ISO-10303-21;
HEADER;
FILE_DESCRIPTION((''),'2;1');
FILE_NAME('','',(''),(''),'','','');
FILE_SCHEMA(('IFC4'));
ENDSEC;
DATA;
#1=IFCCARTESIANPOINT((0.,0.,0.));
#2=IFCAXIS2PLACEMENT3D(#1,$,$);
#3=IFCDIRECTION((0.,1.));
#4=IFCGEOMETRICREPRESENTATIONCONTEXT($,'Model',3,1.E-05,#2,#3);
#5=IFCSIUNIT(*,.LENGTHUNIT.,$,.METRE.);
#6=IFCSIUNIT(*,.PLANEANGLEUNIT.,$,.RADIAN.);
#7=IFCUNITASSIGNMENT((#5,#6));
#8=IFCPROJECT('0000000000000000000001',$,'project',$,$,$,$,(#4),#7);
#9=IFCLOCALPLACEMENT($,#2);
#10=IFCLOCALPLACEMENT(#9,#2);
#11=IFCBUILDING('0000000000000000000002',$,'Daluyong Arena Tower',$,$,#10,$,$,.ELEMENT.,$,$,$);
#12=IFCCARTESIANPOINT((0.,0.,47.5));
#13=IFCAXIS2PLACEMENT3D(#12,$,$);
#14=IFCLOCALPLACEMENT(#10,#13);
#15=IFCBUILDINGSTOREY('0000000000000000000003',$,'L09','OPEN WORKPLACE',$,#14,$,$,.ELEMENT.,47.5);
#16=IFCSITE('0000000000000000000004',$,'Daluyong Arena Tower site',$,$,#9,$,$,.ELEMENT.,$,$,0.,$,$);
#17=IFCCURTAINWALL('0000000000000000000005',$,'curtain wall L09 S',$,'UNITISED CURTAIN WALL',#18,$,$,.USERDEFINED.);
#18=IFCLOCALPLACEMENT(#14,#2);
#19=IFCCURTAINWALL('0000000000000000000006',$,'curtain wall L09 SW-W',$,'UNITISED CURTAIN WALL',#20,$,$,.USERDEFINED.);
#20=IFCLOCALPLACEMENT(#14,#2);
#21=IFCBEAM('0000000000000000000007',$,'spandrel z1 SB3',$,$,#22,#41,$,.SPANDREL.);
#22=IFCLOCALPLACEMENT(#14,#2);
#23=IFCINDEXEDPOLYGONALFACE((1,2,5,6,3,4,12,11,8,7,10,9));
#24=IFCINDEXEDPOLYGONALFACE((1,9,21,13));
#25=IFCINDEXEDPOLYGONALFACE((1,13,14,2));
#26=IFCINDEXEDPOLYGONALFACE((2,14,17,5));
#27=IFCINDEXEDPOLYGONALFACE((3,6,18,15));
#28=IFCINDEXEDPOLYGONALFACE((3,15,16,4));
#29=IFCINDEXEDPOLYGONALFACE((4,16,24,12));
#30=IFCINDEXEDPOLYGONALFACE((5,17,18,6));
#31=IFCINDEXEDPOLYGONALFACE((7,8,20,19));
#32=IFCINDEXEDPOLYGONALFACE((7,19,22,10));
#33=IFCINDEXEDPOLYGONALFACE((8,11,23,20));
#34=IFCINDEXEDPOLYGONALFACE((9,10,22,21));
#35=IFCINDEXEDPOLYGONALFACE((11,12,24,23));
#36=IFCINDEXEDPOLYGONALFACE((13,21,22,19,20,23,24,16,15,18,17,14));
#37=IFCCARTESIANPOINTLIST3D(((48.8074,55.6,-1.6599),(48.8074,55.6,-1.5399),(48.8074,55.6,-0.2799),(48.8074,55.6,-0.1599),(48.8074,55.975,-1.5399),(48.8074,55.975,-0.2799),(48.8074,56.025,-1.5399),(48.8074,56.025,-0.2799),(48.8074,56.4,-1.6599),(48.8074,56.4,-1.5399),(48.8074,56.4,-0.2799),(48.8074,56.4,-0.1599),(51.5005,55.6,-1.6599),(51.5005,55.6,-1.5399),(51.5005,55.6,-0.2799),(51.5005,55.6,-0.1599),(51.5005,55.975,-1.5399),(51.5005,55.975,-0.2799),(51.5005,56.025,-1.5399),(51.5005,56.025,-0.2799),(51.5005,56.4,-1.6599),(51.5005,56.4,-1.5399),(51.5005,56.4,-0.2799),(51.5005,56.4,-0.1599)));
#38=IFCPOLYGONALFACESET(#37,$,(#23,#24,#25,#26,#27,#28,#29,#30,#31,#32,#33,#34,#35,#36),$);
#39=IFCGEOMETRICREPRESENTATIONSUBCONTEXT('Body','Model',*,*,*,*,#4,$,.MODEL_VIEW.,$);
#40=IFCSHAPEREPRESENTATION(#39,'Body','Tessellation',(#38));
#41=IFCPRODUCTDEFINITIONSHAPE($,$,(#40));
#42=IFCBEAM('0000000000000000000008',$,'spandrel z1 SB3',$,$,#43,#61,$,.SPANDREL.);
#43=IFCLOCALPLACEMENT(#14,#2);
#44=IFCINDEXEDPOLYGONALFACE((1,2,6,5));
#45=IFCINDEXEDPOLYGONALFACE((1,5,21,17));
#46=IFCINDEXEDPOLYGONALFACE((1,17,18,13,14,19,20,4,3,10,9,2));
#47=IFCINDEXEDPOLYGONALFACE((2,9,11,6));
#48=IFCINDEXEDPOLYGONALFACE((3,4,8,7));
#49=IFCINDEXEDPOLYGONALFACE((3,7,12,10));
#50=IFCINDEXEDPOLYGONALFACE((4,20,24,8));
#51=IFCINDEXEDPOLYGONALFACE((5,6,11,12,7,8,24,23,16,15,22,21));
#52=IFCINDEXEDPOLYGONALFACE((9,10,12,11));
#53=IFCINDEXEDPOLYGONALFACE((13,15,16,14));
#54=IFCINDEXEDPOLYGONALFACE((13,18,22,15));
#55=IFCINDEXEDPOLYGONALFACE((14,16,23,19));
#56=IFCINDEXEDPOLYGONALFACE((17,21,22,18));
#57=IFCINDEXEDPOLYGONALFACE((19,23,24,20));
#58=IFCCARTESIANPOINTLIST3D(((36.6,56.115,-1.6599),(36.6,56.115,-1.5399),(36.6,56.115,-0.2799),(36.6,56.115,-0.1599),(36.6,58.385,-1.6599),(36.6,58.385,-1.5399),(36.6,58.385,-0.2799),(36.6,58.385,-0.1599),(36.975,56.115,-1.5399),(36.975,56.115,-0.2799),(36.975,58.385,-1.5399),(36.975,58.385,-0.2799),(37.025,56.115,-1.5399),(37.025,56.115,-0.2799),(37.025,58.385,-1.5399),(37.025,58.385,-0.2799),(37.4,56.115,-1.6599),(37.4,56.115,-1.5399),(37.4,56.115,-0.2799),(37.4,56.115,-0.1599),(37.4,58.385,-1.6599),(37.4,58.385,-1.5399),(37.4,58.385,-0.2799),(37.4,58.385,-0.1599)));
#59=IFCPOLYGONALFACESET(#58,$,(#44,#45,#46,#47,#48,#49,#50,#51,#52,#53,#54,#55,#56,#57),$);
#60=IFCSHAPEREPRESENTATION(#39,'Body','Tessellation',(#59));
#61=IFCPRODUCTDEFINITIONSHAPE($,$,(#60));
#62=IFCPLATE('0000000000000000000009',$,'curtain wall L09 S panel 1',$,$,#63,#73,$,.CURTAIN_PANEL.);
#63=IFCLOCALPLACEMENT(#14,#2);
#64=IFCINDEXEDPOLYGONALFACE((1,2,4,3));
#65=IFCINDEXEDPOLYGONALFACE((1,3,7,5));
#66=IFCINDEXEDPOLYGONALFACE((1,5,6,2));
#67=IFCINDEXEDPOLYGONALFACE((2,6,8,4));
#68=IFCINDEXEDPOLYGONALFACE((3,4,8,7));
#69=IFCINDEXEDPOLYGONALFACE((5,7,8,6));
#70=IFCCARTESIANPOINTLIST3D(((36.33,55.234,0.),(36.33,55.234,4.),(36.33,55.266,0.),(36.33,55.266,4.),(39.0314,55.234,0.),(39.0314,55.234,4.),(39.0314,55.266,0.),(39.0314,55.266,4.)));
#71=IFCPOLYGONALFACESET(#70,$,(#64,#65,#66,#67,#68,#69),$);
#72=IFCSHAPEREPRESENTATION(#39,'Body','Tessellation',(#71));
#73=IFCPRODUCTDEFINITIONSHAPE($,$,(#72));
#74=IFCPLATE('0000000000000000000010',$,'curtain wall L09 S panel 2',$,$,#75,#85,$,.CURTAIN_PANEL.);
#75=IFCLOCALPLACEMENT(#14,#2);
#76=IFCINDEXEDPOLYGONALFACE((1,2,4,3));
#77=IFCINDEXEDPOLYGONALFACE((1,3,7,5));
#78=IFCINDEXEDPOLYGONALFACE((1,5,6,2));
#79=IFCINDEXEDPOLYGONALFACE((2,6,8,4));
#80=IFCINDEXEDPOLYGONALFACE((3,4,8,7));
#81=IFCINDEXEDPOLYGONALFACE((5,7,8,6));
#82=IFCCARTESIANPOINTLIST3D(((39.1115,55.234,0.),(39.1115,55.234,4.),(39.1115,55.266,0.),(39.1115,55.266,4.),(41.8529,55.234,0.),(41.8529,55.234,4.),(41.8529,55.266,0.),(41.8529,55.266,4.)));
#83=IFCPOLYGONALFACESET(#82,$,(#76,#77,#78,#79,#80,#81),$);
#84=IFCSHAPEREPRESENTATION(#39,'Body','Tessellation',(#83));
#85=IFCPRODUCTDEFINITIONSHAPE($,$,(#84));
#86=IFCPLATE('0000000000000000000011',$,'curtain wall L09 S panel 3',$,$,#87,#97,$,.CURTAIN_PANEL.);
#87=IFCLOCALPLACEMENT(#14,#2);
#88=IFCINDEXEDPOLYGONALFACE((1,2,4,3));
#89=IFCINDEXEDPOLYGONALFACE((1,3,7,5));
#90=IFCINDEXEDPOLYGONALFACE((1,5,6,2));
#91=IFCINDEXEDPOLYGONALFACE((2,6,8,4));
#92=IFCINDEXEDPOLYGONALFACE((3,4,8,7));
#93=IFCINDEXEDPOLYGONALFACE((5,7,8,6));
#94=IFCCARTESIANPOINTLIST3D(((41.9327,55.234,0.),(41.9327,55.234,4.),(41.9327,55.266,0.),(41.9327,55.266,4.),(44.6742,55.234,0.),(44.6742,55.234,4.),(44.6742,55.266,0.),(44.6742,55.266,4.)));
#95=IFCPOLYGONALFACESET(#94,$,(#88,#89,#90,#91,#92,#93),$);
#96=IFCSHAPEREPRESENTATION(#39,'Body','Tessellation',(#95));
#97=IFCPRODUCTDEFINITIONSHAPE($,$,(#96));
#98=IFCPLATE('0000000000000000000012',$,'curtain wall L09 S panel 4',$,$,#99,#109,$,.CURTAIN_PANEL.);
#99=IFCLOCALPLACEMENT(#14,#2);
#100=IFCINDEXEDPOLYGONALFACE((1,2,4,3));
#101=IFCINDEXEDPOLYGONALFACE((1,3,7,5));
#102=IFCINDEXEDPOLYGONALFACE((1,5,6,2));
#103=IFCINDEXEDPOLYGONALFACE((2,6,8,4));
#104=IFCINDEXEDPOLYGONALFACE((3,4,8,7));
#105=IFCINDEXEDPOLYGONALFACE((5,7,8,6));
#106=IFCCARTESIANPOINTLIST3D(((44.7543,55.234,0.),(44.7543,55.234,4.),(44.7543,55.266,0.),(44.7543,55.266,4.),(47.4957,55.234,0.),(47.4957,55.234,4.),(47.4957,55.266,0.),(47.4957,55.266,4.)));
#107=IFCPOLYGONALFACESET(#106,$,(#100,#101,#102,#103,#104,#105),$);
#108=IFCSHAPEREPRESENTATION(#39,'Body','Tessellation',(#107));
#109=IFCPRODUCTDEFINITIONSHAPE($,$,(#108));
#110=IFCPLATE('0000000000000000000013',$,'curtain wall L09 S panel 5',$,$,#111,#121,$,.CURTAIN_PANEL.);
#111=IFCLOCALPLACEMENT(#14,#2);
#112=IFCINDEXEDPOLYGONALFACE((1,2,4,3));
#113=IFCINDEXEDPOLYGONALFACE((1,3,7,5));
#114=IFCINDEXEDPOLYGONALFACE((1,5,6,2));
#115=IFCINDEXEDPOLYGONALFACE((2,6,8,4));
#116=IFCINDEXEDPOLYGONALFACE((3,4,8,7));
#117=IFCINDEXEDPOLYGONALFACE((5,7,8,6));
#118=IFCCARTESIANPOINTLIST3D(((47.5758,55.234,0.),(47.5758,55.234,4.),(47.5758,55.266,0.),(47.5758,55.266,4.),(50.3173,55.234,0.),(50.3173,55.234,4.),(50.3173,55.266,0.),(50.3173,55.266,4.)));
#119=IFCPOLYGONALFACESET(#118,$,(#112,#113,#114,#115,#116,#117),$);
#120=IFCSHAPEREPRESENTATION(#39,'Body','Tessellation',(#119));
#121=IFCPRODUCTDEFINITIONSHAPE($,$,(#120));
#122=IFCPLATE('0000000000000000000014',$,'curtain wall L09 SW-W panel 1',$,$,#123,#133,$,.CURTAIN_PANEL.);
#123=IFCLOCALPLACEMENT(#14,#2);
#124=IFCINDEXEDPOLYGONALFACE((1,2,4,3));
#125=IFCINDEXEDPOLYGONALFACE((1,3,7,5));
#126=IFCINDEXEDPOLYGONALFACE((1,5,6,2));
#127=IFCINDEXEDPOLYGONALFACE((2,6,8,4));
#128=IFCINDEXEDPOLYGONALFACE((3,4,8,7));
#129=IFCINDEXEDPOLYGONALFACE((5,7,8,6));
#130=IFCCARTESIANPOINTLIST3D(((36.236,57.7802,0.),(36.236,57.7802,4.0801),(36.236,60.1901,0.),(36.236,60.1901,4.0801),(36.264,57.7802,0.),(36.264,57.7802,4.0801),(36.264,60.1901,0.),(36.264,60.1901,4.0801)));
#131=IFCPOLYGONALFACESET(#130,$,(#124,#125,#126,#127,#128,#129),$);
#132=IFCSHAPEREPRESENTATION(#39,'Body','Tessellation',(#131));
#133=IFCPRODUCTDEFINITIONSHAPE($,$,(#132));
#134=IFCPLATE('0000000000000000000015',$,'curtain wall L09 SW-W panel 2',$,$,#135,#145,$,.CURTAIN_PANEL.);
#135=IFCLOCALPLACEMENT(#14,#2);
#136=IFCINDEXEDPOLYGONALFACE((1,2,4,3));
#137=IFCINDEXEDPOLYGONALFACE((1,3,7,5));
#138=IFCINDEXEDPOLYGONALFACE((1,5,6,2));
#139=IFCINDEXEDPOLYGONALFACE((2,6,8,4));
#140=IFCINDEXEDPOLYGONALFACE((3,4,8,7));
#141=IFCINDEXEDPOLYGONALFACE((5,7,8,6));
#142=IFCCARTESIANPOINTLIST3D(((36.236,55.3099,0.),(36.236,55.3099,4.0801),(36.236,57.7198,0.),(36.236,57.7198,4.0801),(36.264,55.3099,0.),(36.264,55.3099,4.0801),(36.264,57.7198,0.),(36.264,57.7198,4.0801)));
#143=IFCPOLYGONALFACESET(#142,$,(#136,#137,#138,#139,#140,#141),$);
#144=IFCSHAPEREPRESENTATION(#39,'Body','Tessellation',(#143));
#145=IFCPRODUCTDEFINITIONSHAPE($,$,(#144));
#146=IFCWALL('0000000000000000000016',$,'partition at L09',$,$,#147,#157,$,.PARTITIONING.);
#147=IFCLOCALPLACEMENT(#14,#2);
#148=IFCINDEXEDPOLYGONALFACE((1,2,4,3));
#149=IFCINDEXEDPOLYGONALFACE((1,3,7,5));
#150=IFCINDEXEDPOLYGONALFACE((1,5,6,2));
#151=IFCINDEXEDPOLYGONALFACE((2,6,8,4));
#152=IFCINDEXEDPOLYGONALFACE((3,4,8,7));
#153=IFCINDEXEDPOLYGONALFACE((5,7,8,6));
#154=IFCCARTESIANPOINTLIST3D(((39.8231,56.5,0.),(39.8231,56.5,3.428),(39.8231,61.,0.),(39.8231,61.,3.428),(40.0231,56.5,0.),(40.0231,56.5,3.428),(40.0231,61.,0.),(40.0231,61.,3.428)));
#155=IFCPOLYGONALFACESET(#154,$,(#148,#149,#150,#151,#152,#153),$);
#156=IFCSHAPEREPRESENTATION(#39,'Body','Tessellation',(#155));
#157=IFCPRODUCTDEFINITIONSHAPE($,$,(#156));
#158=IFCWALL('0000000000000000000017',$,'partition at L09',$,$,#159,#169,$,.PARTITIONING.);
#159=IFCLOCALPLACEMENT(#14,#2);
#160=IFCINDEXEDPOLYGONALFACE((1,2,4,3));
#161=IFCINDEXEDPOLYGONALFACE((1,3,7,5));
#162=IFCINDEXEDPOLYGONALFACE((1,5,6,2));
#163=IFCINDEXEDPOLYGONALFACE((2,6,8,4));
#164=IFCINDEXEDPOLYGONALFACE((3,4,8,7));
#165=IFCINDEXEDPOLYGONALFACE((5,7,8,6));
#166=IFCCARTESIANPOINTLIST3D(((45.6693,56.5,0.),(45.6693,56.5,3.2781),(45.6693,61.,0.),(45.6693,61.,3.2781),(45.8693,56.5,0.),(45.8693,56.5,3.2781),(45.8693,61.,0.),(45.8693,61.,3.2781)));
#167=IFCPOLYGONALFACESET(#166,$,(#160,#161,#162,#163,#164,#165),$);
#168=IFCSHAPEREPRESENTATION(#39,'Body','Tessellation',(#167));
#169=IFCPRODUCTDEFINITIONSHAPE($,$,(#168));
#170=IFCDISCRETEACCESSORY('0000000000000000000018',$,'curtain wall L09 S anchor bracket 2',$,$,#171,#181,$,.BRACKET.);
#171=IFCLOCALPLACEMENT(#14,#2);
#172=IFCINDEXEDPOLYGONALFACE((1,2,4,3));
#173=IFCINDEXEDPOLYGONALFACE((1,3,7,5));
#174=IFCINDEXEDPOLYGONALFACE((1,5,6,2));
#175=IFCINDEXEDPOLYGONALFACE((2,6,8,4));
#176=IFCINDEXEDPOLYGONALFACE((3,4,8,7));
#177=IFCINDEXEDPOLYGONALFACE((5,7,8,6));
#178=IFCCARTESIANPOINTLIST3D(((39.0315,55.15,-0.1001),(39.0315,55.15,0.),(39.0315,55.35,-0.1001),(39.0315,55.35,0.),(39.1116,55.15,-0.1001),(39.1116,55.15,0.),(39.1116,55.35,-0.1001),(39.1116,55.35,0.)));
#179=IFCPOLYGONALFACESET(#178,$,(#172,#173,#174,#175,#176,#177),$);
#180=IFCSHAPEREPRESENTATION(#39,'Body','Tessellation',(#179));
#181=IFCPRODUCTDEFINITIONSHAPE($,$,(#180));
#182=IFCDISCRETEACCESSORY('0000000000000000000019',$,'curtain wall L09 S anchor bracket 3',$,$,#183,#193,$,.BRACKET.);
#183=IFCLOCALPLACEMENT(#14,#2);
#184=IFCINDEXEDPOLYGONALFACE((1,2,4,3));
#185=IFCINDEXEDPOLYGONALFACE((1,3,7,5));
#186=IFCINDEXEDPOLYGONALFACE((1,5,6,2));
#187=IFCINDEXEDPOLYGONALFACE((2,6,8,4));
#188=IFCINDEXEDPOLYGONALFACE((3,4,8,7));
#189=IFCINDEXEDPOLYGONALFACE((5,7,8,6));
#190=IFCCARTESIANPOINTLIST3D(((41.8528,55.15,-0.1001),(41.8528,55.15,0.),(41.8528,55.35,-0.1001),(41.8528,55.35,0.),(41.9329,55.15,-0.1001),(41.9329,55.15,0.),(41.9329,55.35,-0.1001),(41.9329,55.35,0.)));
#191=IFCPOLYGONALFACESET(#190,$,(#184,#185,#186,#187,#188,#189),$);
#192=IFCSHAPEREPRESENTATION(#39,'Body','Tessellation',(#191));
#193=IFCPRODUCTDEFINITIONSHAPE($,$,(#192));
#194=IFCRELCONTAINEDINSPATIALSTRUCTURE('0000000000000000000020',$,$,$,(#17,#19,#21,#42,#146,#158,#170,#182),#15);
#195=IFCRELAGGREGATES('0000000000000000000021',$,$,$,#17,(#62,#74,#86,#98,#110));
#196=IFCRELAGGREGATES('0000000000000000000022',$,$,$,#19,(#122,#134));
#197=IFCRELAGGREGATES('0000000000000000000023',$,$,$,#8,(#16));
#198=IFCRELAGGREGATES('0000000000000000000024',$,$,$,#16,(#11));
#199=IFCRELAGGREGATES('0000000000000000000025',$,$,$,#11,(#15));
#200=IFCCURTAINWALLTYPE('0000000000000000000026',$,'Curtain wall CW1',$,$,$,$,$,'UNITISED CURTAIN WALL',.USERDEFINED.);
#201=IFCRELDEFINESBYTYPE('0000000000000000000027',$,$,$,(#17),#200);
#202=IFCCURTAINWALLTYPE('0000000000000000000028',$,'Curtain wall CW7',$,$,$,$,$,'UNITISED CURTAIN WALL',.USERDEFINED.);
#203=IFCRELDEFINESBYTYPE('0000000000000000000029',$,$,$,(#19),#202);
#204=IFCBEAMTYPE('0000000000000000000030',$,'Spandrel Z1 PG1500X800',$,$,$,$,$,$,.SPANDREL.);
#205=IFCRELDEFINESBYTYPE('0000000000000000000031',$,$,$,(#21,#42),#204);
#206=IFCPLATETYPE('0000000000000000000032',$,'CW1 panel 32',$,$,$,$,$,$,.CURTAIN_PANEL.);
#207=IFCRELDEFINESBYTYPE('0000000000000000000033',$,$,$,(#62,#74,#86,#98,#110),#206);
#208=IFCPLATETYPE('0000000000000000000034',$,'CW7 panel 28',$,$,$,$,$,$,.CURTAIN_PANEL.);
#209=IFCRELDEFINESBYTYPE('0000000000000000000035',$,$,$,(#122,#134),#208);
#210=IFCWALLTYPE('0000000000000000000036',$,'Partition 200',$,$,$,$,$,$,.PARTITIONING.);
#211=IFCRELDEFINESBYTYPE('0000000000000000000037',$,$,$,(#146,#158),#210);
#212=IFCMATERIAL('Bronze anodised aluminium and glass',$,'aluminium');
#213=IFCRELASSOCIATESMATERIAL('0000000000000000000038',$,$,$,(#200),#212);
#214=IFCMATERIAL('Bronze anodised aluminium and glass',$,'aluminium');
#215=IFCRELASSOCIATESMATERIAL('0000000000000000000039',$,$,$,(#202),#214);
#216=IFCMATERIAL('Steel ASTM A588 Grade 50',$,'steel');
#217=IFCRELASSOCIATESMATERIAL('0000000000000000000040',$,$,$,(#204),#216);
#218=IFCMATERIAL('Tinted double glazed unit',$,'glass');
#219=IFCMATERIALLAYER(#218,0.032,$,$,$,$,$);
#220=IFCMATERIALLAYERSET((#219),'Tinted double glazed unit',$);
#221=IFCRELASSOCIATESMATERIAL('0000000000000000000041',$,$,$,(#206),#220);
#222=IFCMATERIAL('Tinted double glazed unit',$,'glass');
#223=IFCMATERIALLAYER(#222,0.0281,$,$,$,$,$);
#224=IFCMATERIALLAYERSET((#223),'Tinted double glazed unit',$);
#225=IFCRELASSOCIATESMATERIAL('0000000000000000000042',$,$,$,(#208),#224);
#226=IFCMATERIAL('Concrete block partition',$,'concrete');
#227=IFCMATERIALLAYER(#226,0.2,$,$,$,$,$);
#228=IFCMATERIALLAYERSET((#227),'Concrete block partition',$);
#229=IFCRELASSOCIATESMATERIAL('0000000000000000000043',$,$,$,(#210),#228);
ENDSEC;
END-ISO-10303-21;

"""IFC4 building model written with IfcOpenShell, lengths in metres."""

from ifc_helpers import new_model, si_unit, direction, frame, frame_2d, origin, origin_2d, place, context, subcontext, project, spatial, rectangle, i_section, extrude, material, layer, layer_set, material_profile, profile_set, type_object, element, aggregate, save


model = new_model("IFC4")

# Units and contexts
model_context = context("Model", 3, precision=1e-05, world=origin(), true_north=direction((0.0, 1.0)))
body_context = subcontext(model_context, "Body", "Model", "MODEL_VIEW")
ifc_project = project(units=[si_unit("LENGTHUNIT", "METRE"), si_unit("PLANEANGLEUNIT", "RADIAN")], contexts=[model_context])

# Site, building, storey
site_placement = place(None, origin())
site = spatial("IfcSite", under=ifc_project, at=site_placement, Name="Daluyong Arena Tower site", CompositionType="ELEMENT", RefElevation=0.0)
building_placement = place(site_placement, origin())
building = spatial("IfcBuilding", under=site, at=building_placement, Name="Daluyong Arena Tower", CompositionType="ELEMENT")
storey_placement = place(building_placement, frame((0.0, 0.0, 47.5)))
storey = spatial("IfcBuildingStorey", under=building, at=storey_placement, Name="L09", Description="OPEN WORKPLACE", CompositionType="ELEMENT", Elevation=47.5)

# Curtain wall
ifc_material_1 = material(Name="Bronze anodised aluminium and glass", Category="aluminium")
curtain_wall_type_1 = type_object("IfcCurtainWallType", Name="Curtain wall CW1", ElementType="UNITISED CURTAIN WALL", PredefinedType="USERDEFINED", material=ifc_material_1)
curtain_wall_1_placement = place(storey_placement, origin())
curtain_wall_1 = element("IfcCurtainWall", 1, at=curtain_wall_1_placement, inside=storey, type_object=curtain_wall_type_1, Name="curtain wall L09 S", ObjectType="UNITISED CURTAIN WALL", PredefinedType="USERDEFINED")

# Shared definitions
ifc_material_2 = material(Name="Bronze anodised aluminium and glass", Category="aluminium")
curtain_wall_type_2 = type_object("IfcCurtainWallType", Name="Curtain wall CW7", ElementType="UNITISED CURTAIN WALL", PredefinedType="USERDEFINED", material=ifc_material_2)

# Curtain wall
curtain_wall_2_placement = place(storey_placement, origin())
curtain_wall_2 = element("IfcCurtainWall", 2, at=curtain_wall_2_placement, inside=storey, type_object=curtain_wall_type_2, Name="curtain wall L09 SW-W", ObjectType="UNITISED CURTAIN WALL", PredefinedType="USERDEFINED")

# Beams
ifc_material_3 = material(Name="Steel ASTM A588 Grade 50", Category="steel")
ifc_material_profile_1 = material_profile(ifc_material_3, i_section(OverallWidth=0.8, OverallDepth=1.5, WebThickness=0.05, FlangeThickness=0.12, at=origin_2d()))
ifc_profile_set_1 = profile_set([ifc_material_profile_1], Name="Steel ASTM A588 Grade 50")
beam_type_1 = type_object("IfcBeamType", Name="Spandrel Z1 PG1500X800", PredefinedType="SPANDREL", material=ifc_profile_set_1)
for number, where, z_axis, x_axis, name in (
    (3, (48.8074, 56.0, -0.9099), (1.0, 0.0, 0.0), (0.0, 1.0, 0.0), "spandrel z1 SB3"),
):
    element("IfcBeam", number, at=place(storey_placement, frame(where, z_axis=z_axis, x_axis=x_axis)), inside=storey, type_object=beam_type_1, Name=name, PredefinedType="SPANDREL", context=body_context, shape_type="SweptSolid", body=[
        extrude(i_section(OverallWidth=0.8, OverallDepth=1.5, WebThickness=0.05, FlangeThickness=0.12, at=origin_2d()), origin(), (0.0, 0.0, 1.0), 2.6931),
    ])
beam_1_placement = place(storey_placement, frame((37.0, 58.385, -0.9099), z_axis=(0.0, -1.0, 0.0), x_axis=(1.0, 0.0, 0.0)))
element("IfcBeam", 4, at=beam_1_placement, inside=storey, type_object=beam_type_1, Name="spandrel z1 SB3", PredefinedType="SPANDREL", context=body_context, shape_type="SweptSolid", body=[
    extrude(i_section(OverallWidth=0.8, OverallDepth=1.5, WebThickness=0.05, FlangeThickness=0.12, at=origin_2d()), origin(), (0.0, 0.0, 1.0), 2.27),
])

# Plates
ifc_material_4 = material(Name="Tinted double glazed unit", Category="glass")
ifc_layer_1 = layer(ifc_material_4, 0.032)
ifc_layer_set_1 = layer_set([ifc_layer_1], Name="Tinted double glazed unit")
plate_type_1 = type_object("IfcPlateType", Name="CW1 panel 32", PredefinedType="CURTAIN_PANEL", material=ifc_layer_set_1)
plate_1_placement = place(storey_placement, frame((37.6807, 55.25, 0.0), z_axis=(0.0, 0.0, 1.0), x_axis=(1.0, 0.0, 0.0)))
plate_1 = element("IfcPlate", 5, at=plate_1_placement, type_object=plate_type_1, Name="curtain wall L09 S panel 1", PredefinedType="CURTAIN_PANEL", context=body_context, shape_type="SweptSolid", body=[
    extrude(rectangle(XDim=2.7014, YDim=0.032, at=origin_2d()), origin(), (0.0, 0.0, 1.0), 4.0),
])
plate_2_placement = place(storey_placement, frame((40.4822, 55.25, 0.0), z_axis=(0.0, 0.0, 1.0), x_axis=(1.0, 0.0, 0.0)))
plate_2 = element("IfcPlate", 6, at=plate_2_placement, type_object=plate_type_1, Name="curtain wall L09 S panel 2", PredefinedType="CURTAIN_PANEL", context=body_context, shape_type="SweptSolid", body=[
    extrude(rectangle(XDim=2.7415, YDim=0.032, at=origin_2d()), origin(), (0.0, 0.0, 1.0), 4.0),
])
plate_3_placement = place(storey_placement, frame((43.3035, 55.25, 0.0), z_axis=(0.0, 0.0, 1.0), x_axis=(1.0, 0.0, 0.0)))
plate_3 = element("IfcPlate", 7, at=plate_3_placement, type_object=plate_type_1, Name="curtain wall L09 S panel 3", PredefinedType="CURTAIN_PANEL", context=body_context, shape_type="SweptSolid", body=[
    extrude(rectangle(XDim=2.7415, YDim=0.032, at=origin_2d()), origin(), (0.0, 0.0, 1.0), 4.0),
])
plate_4_placement = place(storey_placement, frame((46.125, 55.25, 0.0), z_axis=(0.0, 0.0, 1.0), x_axis=(1.0, 0.0, 0.0)))
plate_4 = element("IfcPlate", 8, at=plate_4_placement, type_object=plate_type_1, Name="curtain wall L09 S panel 4", PredefinedType="CURTAIN_PANEL", context=body_context, shape_type="SweptSolid", body=[
    extrude(rectangle(XDim=2.7415, YDim=0.032, at=origin_2d()), origin(), (0.0, 0.0, 1.0), 4.0),
])
plate_5_placement = place(storey_placement, frame((48.9465, 55.25, 0.0), z_axis=(0.0, 0.0, 1.0), x_axis=(1.0, 0.0, 0.0)))
plate_5 = element("IfcPlate", 9, at=plate_5_placement, type_object=plate_type_1, Name="curtain wall L09 S panel 5", PredefinedType="CURTAIN_PANEL", context=body_context, shape_type="SweptSolid", body=[
    extrude(rectangle(XDim=2.7415, YDim=0.032, at=origin_2d()), origin(), (0.0, 0.0, 1.0), 4.0),
])
aggregate(curtain_wall_1, [plate_1, plate_2, plate_3, plate_4, plate_5])
ifc_material_5 = material(Name="Tinted double glazed unit", Category="glass")
ifc_layer_2 = layer(ifc_material_5, 0.0281)
ifc_layer_set_2 = layer_set([ifc_layer_2], Name="Tinted double glazed unit")
plate_type_2 = type_object("IfcPlateType", Name="CW7 panel 28", PredefinedType="CURTAIN_PANEL", material=ifc_layer_set_2)
plate_6_placement = place(storey_placement, frame((36.25, 58.9851, 0.0), z_axis=(0.0, 0.0, 1.0), x_axis=(0.0, -1.0, 0.0)))
plate_6 = element("IfcPlate", 10, at=plate_6_placement, type_object=plate_type_2, Name="curtain wall L09 SW-W panel 1", PredefinedType="CURTAIN_PANEL", context=body_context, shape_type="SweptSolid", body=[
    extrude(rectangle(XDim=2.4099, YDim=0.0281, at=origin_2d()), origin(), (0.0, 0.0, 1.0), 4.0801),
])
plate_7_placement = place(storey_placement, frame((36.25, 56.5149, 0.0), z_axis=(0.0, 0.0, 1.0), x_axis=(0.0, -1.0, 0.0)))
plate_7 = element("IfcPlate", 11, at=plate_7_placement, type_object=plate_type_2, Name="curtain wall L09 SW-W panel 2", PredefinedType="CURTAIN_PANEL", context=body_context, shape_type="SweptSolid", body=[
    extrude(rectangle(XDim=2.4099, YDim=0.0281, at=origin_2d()), origin(), (0.0, 0.0, 1.0), 4.0801),
])
aggregate(curtain_wall_2, [plate_6, plate_7])

# Walls
ifc_material_6 = material(Name="Concrete block partition", Category="concrete")
ifc_layer_3 = layer(ifc_material_6, 0.2)
ifc_layer_set_3 = layer_set([ifc_layer_3], Name="Concrete block partition")
wall_type = type_object("IfcWallType", Name="Partition 200", PredefinedType="PARTITIONING", material=ifc_layer_set_3)
wall_1_placement = place(storey_placement, frame((39.9231, 56.5, 0.0), z_axis=(0.0, 0.0, 1.0), x_axis=(0.0, 1.0, 0.0)))
element("IfcWall", 12, at=wall_1_placement, inside=storey, type_object=wall_type, Name="partition at L09", PredefinedType="PARTITIONING", context=body_context, shape_type="SweptSolid", body=[
    extrude(rectangle(XDim=4.5, YDim=0.2, at=frame_2d((2.25, 0.0))), origin(), (0.0, 0.0, 1.0), 3.428),
])
wall_2_placement = place(storey_placement, frame((45.7693, 56.5, 0.0), z_axis=(0.0, 0.0, 1.0), x_axis=(0.0, 1.0, 0.0)))
element("IfcWall", 13, at=wall_2_placement, inside=storey, type_object=wall_type, Name="partition at L09", PredefinedType="PARTITIONING", context=body_context, shape_type="SweptSolid", body=[
    extrude(rectangle(XDim=4.5, YDim=0.2, at=frame_2d((2.25, 0.0))), origin(), (0.0, 0.0, 1.0), 3.2781),
])

# Discrete accessories
for number, where, z_axis, x_axis, name in (
    (14, (39.0715, 55.25, -0.1001), (0.0, 0.0, 1.0), (1.0, 0.0, 0.0), "curtain wall L09 S anchor bracket 2"),
    (15, (41.8928, 55.25, -0.1001), (0.0, 0.0, 1.0), (1.0, 0.0, 0.0), "curtain wall L09 S anchor bracket 3"),
):
    element("IfcDiscreteAccessory", number, at=place(storey_placement, frame(where, z_axis=z_axis, x_axis=x_axis)), inside=storey, Name=name, PredefinedType="BRACKET", context=body_context, shape_type="SweptSolid", body=[
        extrude(rectangle(XDim=0.0801, YDim=0.2, at=origin_2d()), origin(), (0.0, 0.0, 1.0), 0.1001),
    ])

save(model, "model.ifc")
